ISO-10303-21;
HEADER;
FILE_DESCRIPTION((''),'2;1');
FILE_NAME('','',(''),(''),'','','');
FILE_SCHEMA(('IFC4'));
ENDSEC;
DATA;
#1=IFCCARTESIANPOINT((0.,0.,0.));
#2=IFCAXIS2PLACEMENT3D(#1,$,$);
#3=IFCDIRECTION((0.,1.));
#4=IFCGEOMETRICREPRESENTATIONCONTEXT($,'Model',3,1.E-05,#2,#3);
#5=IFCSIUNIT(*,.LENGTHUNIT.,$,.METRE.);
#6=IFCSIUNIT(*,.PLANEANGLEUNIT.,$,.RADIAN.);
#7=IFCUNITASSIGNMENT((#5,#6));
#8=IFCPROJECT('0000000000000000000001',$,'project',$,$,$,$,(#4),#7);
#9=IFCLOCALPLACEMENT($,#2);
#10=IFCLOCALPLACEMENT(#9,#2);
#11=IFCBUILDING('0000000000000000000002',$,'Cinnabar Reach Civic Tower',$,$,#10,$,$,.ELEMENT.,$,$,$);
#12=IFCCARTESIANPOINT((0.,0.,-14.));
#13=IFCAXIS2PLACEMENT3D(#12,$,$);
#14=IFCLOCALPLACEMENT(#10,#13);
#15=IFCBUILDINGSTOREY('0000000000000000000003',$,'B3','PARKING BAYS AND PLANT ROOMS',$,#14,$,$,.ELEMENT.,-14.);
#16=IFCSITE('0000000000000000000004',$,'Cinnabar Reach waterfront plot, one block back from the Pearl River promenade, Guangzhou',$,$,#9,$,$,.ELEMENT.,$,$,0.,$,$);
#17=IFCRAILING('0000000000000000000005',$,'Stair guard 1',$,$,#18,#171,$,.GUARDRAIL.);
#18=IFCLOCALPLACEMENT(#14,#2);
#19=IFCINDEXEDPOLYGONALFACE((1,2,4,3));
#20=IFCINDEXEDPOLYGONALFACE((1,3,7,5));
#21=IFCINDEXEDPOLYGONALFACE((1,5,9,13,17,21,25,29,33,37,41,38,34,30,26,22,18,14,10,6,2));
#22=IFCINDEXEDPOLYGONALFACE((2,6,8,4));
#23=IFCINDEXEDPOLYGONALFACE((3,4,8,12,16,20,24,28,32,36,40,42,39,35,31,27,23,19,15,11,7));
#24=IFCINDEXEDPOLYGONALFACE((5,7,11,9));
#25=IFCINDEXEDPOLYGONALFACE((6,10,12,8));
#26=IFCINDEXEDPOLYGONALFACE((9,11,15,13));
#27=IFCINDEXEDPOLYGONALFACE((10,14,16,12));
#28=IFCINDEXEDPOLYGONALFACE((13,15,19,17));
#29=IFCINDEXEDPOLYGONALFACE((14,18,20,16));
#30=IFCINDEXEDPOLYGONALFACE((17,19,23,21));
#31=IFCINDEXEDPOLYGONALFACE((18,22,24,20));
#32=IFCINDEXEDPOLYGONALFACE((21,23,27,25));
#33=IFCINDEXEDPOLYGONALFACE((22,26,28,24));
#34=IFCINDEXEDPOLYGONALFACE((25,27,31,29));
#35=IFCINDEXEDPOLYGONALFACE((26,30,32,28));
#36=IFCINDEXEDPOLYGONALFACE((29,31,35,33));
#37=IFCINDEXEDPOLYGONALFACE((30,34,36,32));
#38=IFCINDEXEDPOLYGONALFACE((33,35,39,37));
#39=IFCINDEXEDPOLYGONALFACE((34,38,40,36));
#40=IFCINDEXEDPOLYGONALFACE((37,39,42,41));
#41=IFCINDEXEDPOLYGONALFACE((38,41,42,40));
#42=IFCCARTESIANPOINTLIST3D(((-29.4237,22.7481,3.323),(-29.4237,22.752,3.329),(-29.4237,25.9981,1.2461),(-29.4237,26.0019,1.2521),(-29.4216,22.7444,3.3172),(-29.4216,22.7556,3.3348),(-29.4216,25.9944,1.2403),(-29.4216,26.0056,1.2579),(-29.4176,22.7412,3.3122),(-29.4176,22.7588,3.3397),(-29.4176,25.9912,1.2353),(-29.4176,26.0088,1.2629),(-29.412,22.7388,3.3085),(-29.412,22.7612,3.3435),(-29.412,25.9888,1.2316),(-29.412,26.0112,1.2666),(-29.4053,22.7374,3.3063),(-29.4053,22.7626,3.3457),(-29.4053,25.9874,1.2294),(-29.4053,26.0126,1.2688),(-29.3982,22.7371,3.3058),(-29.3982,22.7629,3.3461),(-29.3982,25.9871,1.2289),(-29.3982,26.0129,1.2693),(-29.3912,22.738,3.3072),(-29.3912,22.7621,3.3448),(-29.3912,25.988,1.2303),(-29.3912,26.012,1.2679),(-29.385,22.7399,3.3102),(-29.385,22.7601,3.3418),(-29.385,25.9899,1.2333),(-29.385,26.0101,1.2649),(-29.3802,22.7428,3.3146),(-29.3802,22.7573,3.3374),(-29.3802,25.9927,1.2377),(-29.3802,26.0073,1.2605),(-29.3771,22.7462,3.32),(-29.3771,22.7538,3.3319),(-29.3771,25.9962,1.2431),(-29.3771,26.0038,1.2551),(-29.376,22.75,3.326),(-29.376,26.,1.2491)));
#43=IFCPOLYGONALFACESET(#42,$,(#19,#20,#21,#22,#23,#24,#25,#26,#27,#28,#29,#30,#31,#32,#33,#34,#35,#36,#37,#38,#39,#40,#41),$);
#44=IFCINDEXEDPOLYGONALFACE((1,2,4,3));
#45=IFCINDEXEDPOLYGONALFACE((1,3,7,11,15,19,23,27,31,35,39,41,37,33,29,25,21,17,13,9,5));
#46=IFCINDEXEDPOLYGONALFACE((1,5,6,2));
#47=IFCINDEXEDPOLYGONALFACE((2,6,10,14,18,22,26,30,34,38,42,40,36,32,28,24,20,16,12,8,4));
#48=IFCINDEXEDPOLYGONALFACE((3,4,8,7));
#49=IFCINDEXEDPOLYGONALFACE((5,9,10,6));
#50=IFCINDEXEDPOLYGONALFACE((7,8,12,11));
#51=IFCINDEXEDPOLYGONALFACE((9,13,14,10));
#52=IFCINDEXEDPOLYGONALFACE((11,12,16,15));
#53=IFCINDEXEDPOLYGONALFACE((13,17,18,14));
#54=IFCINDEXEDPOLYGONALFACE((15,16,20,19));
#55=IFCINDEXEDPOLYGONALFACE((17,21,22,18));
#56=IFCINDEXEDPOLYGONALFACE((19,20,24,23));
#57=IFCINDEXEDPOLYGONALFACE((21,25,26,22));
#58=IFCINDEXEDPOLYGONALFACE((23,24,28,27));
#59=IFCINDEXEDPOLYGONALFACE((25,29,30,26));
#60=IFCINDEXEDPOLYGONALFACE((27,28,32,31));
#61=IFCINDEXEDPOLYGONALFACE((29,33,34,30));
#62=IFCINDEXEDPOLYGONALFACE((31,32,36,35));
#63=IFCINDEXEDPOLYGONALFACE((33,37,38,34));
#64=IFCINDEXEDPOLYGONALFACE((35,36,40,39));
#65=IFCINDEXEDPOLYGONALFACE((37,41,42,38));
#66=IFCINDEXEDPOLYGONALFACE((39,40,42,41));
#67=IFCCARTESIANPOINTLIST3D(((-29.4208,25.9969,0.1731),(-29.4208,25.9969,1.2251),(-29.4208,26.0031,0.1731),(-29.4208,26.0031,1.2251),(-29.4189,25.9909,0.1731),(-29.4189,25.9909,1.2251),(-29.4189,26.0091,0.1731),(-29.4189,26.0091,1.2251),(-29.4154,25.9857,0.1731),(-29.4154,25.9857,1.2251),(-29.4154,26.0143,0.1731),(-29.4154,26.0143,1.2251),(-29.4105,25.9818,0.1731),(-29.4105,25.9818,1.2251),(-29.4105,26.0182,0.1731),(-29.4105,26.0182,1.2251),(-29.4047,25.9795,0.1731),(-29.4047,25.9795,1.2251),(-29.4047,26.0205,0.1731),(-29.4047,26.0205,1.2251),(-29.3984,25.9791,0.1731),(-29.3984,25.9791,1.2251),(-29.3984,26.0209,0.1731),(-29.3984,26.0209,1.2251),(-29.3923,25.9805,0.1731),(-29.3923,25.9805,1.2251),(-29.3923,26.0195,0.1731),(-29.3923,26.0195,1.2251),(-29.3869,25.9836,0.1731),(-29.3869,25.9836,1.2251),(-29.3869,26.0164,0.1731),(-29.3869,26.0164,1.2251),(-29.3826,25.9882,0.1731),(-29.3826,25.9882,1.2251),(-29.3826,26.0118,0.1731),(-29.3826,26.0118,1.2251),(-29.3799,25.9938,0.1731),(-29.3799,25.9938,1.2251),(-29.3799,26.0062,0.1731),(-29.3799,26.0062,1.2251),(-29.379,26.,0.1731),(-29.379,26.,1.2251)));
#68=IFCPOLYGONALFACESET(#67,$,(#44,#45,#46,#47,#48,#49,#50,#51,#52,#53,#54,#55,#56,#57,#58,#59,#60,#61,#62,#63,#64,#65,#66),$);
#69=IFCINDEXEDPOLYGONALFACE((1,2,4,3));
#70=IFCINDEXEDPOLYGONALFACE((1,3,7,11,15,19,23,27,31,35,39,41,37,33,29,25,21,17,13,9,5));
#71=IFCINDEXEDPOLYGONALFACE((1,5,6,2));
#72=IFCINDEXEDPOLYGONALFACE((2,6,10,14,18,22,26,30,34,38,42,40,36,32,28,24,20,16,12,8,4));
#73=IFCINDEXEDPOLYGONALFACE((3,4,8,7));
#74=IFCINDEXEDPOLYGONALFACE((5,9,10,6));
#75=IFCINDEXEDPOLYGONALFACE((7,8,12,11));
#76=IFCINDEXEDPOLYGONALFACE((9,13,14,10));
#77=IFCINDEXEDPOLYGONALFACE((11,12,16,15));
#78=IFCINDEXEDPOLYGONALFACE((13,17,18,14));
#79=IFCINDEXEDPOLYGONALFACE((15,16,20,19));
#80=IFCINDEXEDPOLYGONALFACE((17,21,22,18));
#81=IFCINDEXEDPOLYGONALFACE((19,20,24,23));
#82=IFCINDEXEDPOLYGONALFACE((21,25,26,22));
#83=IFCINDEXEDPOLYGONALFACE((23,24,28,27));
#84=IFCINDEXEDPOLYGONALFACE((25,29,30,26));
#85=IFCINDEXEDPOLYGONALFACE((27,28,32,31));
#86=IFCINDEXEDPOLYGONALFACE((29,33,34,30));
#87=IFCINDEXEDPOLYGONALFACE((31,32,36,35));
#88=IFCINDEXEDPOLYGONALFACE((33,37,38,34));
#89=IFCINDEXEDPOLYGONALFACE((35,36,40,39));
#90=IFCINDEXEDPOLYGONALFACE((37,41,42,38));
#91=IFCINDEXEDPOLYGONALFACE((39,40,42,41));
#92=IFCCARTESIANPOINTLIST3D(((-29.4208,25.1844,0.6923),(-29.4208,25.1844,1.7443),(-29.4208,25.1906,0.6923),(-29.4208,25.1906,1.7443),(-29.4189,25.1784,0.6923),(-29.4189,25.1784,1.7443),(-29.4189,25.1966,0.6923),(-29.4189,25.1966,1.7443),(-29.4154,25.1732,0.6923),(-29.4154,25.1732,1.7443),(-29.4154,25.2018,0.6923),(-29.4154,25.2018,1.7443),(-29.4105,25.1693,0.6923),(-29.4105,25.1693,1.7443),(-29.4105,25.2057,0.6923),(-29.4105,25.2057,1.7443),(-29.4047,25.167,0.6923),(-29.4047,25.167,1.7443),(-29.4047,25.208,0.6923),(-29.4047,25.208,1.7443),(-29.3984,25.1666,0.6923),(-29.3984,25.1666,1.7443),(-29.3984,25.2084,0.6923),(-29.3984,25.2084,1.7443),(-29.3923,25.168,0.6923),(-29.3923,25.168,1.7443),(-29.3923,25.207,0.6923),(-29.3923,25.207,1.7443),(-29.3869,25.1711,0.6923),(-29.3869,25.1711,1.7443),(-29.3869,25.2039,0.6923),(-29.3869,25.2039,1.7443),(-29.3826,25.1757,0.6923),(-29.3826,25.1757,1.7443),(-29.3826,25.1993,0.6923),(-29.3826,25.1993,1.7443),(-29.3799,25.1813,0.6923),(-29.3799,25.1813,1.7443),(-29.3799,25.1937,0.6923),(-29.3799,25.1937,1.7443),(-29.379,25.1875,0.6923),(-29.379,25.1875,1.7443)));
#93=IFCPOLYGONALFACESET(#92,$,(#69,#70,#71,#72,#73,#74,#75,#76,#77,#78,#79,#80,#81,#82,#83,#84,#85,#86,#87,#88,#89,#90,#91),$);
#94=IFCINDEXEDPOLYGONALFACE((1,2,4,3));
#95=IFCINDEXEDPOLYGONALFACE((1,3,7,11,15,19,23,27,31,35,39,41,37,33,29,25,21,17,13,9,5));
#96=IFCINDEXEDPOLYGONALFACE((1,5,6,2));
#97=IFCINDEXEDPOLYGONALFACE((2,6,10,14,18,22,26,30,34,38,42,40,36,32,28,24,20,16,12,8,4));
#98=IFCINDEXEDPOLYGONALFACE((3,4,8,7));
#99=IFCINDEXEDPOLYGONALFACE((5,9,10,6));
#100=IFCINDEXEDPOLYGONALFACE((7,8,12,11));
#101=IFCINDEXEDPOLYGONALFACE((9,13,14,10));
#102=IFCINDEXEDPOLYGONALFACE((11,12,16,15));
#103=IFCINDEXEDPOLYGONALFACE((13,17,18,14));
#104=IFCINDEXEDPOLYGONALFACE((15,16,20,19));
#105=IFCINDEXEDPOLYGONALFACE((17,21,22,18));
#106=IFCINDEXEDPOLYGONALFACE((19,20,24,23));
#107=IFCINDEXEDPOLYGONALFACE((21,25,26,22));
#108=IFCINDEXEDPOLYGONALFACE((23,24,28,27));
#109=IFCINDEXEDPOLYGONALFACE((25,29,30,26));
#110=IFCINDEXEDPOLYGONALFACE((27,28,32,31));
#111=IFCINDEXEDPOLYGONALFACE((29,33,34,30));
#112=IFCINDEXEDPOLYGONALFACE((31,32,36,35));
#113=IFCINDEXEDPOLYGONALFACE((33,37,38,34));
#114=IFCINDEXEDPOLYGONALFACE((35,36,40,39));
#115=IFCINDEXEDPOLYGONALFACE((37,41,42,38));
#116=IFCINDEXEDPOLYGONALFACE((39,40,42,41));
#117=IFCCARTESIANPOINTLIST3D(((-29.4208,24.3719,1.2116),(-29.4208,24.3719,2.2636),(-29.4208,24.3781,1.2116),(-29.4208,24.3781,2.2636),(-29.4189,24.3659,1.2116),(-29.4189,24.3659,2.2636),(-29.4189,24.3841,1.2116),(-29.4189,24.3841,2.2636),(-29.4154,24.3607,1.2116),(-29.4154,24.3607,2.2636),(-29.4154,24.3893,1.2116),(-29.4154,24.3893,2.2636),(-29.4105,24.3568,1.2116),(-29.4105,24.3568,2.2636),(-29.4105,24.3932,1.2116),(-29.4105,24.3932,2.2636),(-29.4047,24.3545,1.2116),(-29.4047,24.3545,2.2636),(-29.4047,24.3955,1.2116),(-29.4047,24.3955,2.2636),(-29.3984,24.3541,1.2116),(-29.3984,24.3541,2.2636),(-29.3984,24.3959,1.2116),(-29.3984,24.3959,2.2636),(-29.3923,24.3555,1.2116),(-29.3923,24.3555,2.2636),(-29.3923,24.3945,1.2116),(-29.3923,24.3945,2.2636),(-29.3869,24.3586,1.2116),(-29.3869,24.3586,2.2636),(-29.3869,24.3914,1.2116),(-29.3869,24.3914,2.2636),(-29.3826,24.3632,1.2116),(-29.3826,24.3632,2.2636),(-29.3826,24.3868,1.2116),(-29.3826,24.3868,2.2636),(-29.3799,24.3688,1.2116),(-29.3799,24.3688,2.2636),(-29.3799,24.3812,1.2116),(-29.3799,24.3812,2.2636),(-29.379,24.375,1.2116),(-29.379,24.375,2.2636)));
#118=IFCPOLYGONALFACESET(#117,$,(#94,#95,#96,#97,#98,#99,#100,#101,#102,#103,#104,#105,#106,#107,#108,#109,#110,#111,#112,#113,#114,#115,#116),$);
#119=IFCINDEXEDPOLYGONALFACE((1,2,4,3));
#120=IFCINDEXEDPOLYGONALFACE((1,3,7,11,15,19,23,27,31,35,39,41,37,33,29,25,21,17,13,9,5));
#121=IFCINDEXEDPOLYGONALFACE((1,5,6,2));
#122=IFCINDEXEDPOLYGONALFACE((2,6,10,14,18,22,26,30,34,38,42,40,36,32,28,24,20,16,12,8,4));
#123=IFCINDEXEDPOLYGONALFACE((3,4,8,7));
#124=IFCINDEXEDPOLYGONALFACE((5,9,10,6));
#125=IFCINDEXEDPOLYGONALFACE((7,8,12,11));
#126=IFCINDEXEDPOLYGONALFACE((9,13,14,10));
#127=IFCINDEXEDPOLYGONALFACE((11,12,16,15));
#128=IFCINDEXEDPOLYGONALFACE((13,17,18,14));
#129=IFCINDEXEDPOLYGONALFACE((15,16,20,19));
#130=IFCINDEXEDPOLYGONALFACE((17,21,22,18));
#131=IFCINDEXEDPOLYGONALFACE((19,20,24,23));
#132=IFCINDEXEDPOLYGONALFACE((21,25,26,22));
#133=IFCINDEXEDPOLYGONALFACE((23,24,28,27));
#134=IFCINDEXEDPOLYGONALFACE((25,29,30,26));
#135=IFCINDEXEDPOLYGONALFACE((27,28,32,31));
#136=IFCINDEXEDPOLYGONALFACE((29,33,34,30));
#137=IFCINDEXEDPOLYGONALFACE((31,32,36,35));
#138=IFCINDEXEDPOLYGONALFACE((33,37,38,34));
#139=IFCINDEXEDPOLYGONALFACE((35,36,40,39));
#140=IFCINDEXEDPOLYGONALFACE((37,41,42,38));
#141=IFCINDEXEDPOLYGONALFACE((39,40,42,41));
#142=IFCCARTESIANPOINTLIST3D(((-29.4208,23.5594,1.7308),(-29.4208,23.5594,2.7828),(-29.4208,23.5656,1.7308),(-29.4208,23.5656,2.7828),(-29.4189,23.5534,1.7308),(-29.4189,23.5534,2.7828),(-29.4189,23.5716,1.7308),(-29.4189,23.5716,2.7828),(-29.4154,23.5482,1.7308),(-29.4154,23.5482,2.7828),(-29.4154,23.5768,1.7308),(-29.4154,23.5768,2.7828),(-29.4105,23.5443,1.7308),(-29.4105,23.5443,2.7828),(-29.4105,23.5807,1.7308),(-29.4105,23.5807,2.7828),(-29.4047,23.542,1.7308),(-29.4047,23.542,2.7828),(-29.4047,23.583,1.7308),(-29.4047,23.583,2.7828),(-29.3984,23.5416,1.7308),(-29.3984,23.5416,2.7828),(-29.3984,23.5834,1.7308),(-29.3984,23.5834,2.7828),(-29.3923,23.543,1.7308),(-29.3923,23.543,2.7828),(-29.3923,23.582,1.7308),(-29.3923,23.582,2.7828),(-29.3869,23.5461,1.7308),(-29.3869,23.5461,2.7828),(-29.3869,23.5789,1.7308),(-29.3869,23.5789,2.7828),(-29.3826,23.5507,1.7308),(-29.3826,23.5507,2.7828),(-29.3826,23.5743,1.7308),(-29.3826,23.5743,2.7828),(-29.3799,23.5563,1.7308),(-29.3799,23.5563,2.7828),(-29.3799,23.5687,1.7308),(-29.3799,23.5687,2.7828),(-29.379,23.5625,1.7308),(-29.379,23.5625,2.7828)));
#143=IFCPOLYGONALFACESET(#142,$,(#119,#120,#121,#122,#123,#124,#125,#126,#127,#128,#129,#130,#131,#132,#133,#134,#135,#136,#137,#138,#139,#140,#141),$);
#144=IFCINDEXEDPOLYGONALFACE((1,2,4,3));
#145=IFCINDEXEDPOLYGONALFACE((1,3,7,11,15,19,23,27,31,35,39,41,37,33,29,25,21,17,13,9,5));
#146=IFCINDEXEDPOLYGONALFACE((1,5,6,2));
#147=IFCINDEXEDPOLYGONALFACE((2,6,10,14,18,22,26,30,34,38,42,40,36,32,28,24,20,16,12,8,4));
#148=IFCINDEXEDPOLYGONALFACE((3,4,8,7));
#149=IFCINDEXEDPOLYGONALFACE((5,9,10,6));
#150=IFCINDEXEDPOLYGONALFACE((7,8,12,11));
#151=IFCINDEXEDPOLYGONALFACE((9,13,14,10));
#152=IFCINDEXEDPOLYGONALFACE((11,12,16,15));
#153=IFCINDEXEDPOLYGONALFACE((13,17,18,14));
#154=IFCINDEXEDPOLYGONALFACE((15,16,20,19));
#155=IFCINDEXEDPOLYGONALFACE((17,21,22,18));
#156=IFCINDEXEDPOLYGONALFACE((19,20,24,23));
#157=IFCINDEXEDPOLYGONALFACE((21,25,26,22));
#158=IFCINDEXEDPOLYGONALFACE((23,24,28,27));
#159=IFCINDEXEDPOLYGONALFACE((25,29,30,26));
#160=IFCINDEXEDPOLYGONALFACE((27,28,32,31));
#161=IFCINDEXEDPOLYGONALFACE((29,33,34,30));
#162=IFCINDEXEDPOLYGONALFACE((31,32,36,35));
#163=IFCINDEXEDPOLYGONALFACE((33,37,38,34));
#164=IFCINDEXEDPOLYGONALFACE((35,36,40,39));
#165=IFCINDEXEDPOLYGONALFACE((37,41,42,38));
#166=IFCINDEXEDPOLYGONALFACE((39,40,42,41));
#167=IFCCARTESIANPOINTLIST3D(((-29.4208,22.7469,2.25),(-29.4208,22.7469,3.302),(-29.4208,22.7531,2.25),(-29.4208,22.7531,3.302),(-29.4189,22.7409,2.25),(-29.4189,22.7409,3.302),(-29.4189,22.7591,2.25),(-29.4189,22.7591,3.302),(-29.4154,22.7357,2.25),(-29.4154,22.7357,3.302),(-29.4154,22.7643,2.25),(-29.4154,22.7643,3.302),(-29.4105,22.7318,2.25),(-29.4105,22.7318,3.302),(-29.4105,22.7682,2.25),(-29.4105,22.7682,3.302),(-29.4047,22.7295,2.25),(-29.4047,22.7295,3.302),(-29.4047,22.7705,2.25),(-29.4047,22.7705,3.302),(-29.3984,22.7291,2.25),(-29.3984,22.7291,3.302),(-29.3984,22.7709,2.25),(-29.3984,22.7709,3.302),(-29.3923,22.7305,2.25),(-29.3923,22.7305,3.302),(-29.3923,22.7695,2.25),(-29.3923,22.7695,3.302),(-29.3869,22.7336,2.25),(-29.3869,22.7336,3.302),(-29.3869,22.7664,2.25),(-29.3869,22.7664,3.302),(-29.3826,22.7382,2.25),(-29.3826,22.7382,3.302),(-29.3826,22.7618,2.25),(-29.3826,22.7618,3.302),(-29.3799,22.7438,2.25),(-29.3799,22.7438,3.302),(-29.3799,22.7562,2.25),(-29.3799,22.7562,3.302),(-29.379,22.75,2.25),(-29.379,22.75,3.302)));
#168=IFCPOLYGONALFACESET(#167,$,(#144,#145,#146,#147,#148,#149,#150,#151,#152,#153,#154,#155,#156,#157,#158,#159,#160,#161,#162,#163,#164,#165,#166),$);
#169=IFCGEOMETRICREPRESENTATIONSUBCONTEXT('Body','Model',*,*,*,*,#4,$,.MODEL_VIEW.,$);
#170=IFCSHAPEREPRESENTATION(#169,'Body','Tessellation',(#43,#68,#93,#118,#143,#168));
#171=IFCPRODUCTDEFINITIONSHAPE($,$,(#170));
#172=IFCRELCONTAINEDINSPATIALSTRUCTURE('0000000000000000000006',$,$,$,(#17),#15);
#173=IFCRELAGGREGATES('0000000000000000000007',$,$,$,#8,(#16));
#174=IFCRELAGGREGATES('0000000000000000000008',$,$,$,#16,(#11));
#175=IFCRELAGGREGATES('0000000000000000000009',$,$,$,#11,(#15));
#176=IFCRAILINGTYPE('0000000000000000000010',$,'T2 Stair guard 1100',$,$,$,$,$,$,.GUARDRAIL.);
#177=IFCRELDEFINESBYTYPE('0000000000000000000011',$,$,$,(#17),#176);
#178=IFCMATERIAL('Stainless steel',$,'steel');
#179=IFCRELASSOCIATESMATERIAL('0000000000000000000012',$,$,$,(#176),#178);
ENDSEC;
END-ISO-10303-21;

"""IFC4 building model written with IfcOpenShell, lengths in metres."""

from ifc_helpers import new_model, si_unit, direction, frame, origin, origin_2d, place, context, subcontext, project, spatial, circle, extrude, material, type_object, element, save


model = new_model("IFC4")

# Units and contexts
model_context = context("Model", 3, precision=1e-05, world=origin(), true_north=direction((0.0, 1.0)))
body_context = subcontext(model_context, "Body", "Model", "MODEL_VIEW")
ifc_project = project(units=[si_unit("LENGTHUNIT", "METRE"), si_unit("PLANEANGLEUNIT", "RADIAN")], contexts=[model_context])

# Site, building, storey
site_placement = place(None, origin())
site = spatial("IfcSite", under=ifc_project, at=site_placement, Name="Cinnabar Reach waterfront plot, one block back from the Pearl River promenade, Guangzhou", CompositionType="ELEMENT", RefElevation=0.0)
building_placement = place(site_placement, origin())
building = spatial("IfcBuilding", under=site, at=building_placement, Name="Cinnabar Reach Civic Tower", CompositionType="ELEMENT")
storey_placement = place(building_placement, frame((0.0, 0.0, -14.0)))
storey = spatial("IfcBuildingStorey", under=building, at=storey_placement, Name="B3", Description="PARKING BAYS AND PLANT ROOMS", CompositionType="ELEMENT", Elevation=-14.0)

# Railing
ifc_material_1 = material(Name="Stainless steel", Category="steel")
railing_type = type_object("IfcRailingType", Name="T2 Stair guard 1100", PredefinedType="GUARDRAIL", material=ifc_material_1)
railing_1_placement = place(storey_placement, frame((-29.4, 26.0, 0.1731)))
element("IfcRailing", 1, at=railing_1_placement, inside=storey, type_object=railing_type, Name="Stair guard 1", PredefinedType="GUARDRAIL", context=body_context, shape_type="SweptSolid", body=[
    extrude(circle(Radius=0.024, at=origin_2d()), frame((0.0, 0.0, 1.076), z_axis=(0.0, -0.842636, 0.538483), x_axis=(1.0, 0.0, 0.0)), (0.0, 0.0, 1.0), 3.8569),
    extrude(circle(Radius=0.021, at=origin_2d()), origin(), (0.0, 0.0, 1.0), 1.052),
    extrude(circle(Radius=0.021, at=origin_2d()), frame((0.0, -0.8125, 0.5192)), (0.0, 0.0, 1.0), 1.052),
    extrude(circle(Radius=0.021, at=origin_2d()), frame((0.0, -1.625, 1.0385)), (0.0, 0.0, 1.0), 1.052),
    extrude(circle(Radius=0.021, at=origin_2d()), frame((0.0, -2.4375, 1.5577)), (0.0, 0.0, 1.0), 1.052),
    extrude(circle(Radius=0.021, at=origin_2d()), frame((0.0, -3.25, 2.0769)), (0.0, 0.0, 1.0), 1.052),
])

save(model, "model.ifc")
